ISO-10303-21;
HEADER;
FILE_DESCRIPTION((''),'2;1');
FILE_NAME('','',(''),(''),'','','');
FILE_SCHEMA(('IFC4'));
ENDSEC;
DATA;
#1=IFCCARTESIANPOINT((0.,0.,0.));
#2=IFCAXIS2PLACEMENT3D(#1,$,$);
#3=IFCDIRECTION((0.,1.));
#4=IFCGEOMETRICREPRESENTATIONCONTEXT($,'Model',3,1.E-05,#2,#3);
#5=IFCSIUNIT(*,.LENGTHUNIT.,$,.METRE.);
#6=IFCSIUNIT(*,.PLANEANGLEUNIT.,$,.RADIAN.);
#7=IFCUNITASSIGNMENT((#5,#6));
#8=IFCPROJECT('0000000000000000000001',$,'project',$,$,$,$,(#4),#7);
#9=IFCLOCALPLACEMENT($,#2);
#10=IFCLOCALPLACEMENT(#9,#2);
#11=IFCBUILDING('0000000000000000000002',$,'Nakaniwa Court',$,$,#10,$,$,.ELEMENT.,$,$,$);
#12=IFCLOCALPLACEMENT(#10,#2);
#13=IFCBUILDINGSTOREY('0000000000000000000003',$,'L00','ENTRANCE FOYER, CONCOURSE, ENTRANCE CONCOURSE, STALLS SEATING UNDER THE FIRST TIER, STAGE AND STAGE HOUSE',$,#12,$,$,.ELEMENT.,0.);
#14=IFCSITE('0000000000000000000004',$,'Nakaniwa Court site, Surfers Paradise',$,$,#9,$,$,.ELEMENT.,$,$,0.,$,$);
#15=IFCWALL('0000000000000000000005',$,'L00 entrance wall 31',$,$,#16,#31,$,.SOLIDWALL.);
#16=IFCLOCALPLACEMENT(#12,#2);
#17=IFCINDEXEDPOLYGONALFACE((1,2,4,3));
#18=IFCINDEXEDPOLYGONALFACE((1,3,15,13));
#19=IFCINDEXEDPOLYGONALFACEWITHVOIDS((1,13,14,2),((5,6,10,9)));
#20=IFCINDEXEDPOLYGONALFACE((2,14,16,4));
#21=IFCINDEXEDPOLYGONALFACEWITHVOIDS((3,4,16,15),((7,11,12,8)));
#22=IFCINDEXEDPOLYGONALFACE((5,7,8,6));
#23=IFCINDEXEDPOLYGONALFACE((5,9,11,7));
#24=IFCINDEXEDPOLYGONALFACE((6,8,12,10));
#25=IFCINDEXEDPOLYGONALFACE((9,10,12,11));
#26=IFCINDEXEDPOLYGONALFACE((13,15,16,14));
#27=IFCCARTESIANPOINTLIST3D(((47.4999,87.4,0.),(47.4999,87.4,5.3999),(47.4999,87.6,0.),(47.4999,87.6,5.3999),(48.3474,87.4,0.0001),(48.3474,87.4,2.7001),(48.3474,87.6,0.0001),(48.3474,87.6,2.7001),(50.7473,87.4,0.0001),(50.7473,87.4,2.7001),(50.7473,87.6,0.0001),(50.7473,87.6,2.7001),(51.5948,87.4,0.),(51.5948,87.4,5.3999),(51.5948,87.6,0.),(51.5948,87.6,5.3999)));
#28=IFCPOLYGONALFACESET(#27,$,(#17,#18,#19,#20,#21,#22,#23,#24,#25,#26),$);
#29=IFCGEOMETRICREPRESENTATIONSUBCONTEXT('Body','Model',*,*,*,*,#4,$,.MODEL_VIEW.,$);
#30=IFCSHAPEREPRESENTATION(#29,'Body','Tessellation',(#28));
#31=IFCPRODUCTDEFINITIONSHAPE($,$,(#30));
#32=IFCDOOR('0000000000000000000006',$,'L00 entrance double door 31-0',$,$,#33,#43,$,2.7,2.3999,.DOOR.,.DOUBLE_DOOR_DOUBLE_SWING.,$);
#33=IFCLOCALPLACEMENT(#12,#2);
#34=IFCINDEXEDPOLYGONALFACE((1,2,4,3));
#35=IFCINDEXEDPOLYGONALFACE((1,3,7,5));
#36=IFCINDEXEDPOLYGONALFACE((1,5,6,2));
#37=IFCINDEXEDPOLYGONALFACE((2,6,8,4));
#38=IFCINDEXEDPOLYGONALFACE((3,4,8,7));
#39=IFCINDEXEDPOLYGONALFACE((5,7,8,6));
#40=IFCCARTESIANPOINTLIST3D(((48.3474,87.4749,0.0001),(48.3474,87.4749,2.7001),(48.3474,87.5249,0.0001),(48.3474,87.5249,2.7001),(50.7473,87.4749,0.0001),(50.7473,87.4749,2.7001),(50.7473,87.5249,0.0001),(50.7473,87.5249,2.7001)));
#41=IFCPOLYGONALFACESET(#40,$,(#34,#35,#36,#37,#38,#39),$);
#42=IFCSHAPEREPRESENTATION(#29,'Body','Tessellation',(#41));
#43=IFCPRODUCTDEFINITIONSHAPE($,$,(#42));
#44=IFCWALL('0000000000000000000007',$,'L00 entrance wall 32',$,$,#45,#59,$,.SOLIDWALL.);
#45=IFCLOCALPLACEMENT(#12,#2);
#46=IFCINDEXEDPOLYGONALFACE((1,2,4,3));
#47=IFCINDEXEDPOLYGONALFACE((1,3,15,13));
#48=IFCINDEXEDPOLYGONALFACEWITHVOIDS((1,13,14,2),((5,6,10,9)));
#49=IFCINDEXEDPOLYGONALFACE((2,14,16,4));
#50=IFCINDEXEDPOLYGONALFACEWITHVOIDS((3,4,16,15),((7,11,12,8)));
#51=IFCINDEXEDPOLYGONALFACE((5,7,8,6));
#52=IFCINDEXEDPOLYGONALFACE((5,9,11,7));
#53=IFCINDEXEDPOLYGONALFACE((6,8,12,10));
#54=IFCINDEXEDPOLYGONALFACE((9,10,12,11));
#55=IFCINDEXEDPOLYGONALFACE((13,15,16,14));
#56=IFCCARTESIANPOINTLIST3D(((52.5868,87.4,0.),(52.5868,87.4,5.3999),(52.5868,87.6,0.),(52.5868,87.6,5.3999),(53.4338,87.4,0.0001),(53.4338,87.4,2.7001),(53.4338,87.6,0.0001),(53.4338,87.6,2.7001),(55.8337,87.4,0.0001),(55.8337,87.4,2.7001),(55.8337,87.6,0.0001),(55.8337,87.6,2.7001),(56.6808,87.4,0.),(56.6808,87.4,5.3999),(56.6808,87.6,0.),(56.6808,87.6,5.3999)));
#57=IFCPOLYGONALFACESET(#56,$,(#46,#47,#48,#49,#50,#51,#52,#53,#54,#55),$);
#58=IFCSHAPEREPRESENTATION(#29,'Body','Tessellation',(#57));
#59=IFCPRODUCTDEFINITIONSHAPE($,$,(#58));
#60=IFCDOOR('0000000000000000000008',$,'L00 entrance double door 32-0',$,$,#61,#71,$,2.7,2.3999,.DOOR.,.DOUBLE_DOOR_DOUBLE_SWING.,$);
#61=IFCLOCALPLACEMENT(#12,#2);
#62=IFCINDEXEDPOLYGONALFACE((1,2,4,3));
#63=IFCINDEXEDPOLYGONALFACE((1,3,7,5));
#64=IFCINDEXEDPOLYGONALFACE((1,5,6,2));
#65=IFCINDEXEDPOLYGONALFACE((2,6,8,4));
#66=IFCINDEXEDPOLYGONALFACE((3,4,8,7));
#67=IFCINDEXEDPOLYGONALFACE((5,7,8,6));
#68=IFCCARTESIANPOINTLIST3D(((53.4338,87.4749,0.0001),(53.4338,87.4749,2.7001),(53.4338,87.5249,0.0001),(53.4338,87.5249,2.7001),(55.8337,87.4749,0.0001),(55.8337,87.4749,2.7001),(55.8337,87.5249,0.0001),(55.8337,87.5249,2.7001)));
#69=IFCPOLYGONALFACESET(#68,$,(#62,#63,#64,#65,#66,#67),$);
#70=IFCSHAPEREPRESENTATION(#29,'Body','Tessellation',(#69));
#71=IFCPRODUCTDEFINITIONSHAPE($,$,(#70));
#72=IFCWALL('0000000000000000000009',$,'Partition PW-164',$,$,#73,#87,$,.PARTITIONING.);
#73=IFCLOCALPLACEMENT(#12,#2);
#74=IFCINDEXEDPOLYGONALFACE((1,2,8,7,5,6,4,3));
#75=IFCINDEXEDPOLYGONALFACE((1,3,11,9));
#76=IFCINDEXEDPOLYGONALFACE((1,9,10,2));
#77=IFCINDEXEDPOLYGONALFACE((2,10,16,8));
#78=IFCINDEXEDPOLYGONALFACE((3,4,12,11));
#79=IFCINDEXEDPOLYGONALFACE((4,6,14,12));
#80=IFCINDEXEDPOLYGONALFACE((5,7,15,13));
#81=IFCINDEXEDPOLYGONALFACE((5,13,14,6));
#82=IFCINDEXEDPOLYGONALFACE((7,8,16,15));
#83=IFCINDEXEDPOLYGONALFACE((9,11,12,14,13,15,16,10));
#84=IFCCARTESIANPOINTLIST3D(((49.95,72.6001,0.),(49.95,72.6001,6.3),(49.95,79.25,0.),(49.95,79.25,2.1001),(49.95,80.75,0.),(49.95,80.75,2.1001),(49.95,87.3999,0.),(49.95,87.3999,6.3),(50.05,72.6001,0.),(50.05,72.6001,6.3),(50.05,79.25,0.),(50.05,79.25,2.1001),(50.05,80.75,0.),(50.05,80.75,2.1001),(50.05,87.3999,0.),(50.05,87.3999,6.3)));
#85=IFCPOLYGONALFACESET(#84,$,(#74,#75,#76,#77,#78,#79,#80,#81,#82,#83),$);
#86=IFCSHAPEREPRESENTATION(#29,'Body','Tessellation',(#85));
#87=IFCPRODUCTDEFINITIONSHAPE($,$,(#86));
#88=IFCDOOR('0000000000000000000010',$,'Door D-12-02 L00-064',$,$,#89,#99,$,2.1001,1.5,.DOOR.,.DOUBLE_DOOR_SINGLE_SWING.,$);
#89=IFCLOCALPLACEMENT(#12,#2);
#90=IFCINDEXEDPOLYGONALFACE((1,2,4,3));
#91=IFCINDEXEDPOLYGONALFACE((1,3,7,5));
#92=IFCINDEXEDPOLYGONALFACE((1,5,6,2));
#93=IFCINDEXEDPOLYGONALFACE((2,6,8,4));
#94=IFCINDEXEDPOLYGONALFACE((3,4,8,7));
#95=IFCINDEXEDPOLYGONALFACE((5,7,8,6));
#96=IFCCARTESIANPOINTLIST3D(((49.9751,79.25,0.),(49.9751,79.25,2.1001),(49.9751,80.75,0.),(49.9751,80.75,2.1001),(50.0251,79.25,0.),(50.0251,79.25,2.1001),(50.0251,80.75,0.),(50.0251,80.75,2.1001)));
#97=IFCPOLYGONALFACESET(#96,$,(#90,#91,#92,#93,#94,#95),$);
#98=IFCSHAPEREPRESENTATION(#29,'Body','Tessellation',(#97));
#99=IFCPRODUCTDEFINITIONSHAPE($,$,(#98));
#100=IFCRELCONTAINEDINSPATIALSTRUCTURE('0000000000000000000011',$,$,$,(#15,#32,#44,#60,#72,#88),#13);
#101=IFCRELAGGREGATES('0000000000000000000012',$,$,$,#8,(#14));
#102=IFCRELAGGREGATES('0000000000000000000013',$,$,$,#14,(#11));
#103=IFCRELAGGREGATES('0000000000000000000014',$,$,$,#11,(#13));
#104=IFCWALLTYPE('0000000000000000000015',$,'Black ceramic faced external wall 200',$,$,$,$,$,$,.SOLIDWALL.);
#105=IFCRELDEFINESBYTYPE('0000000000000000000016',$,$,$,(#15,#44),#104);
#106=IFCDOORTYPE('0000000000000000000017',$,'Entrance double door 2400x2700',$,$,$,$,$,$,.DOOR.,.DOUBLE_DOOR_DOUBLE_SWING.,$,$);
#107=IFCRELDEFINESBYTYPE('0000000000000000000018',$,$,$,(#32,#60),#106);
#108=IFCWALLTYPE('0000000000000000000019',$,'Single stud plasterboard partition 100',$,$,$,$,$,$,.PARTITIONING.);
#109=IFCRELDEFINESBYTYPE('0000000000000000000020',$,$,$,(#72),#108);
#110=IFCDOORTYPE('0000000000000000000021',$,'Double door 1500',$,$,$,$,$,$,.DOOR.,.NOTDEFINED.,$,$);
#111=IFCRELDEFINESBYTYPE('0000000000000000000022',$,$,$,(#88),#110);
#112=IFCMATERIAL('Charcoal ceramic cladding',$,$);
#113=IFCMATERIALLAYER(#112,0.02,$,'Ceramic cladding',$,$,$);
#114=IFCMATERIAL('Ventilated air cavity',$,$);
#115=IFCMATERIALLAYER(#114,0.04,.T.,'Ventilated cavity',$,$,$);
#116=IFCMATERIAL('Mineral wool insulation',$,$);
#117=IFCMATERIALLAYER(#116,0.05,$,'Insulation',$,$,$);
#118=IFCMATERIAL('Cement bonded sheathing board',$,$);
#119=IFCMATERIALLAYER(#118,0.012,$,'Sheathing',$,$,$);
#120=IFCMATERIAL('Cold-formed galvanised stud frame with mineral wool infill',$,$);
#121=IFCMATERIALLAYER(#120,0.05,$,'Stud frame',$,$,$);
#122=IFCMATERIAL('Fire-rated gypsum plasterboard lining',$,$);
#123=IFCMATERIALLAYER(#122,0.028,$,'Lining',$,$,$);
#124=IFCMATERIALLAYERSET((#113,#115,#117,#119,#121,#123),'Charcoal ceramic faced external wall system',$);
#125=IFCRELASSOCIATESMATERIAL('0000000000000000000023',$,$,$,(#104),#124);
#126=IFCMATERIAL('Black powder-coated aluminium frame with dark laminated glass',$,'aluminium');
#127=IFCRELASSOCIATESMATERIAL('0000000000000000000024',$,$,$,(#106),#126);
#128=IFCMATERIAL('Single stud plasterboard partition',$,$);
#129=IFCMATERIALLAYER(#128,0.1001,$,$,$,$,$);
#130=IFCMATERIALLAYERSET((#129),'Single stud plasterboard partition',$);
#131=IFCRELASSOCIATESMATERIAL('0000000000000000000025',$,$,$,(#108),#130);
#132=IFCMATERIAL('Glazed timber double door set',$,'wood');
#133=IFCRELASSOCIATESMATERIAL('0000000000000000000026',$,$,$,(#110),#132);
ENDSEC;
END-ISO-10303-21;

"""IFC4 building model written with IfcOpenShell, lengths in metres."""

from ifc_helpers import new_model, si_unit, direction, frame, frame_2d, origin, place, context, subcontext, project, spatial, rectangle, extrude, material, layer, layer_set, type_object, element, fill, save


model = new_model("IFC4")

# Units and contexts
model_context = context("Model", 3, precision=1e-05, world=origin(), true_north=direction((0.0, 1.0)))
body_context = subcontext(model_context, "Body", "Model", "MODEL_VIEW")
ifc_project = project(units=[si_unit("LENGTHUNIT", "METRE"), si_unit("PLANEANGLEUNIT", "RADIAN")], contexts=[model_context])

# Site, building, storey
site_placement = place(None, origin())
site = spatial("IfcSite", under=ifc_project, at=site_placement, Name="Nakaniwa Court site, Surfers Paradise", CompositionType="ELEMENT", RefElevation=0.0)
building_placement = place(site_placement, origin())
building = spatial("IfcBuilding", under=site, at=building_placement, Name="Nakaniwa Court", CompositionType="ELEMENT")
storey_placement = place(building_placement, origin())
storey = spatial("IfcBuildingStorey", under=building, at=storey_placement, Name="L00", Description="ENTRANCE FOYER, CONCOURSE, ENTRANCE CONCOURSE, STALLS SEATING UNDER THE FIRST TIER, STAGE AND STAGE HOUSE", CompositionType="ELEMENT", Elevation=0.0)

# Walls, openings, doors
ifc_material_1 = material(Name="Charcoal ceramic cladding")
ifc_layer_1 = layer(ifc_material_1, 0.02, Name="Ceramic cladding")
ifc_material_2 = material(Name="Ventilated air cavity")
ifc_layer_2 = layer(ifc_material_2, 0.04, ventilated=True, Name="Ventilated cavity")
ifc_material_3 = material(Name="Mineral wool insulation")
ifc_layer_3 = layer(ifc_material_3, 0.05, Name="Insulation")
ifc_material_4 = material(Name="Cement bonded sheathing board")
ifc_layer_4 = layer(ifc_material_4, 0.012, Name="Sheathing")
ifc_material_5 = material(Name="Cold-formed galvanised stud frame with mineral wool infill")
ifc_layer_5 = layer(ifc_material_5, 0.05, Name="Stud frame")
ifc_material_6 = material(Name="Fire-rated gypsum plasterboard lining")
ifc_layer_6 = layer(ifc_material_6, 0.028, Name="Lining")
ifc_layer_set_1 = layer_set([ifc_layer_1, ifc_layer_2, ifc_layer_3, ifc_layer_4, ifc_layer_5, ifc_layer_6], Name="Charcoal ceramic faced external wall system")
wall_type_1 = type_object("IfcWallType", Name="Black ceramic faced external wall 200", PredefinedType="SOLIDWALL", material=ifc_layer_set_1)
ifc_material_7 = material(Name="Black powder-coated aluminium frame with dark laminated glass", Category="aluminium")
wall_1_placement = place(storey_placement, frame((47.5, 87.5, 0.0), z_axis=(0.0, 0.0, 1.0), x_axis=(1.0, 0.0, 0.0)))
wall_1 = element("IfcWall", 1, at=wall_1_placement, inside=storey, type_object=wall_type_1, Name="L00 entrance wall 31", PredefinedType="SOLIDWALL", context=body_context, shape_type="SweptSolid", body=[
    extrude(rectangle(XDim=4.095, YDim=0.2, at=frame_2d((2.0474, 0.0))), origin(), (0.0, 0.0, 1.0), 5.3999),
])
opening_1_placement = place(wall_1_placement, frame((0.8474, 0.0, 0.0)))
opening_1 = element("IfcOpeningElement", 2, at=opening_1_placement, cuts=wall_1, PredefinedType="OPENING", context=body_context, shape_type="SweptSolid", body=[
    extrude(rectangle(XDim=2.3999, YDim=2.7, at=frame_2d((1.2, 1.3501))), frame((0.0, 0.1099, 0.0), z_axis=(0.0, -1.0, 0.0), x_axis=(1.0, 0.0, 0.0)), (0.0, 0.0, 1.0), 0.22),
])
door_type_1 = type_object("IfcDoorType", Name="Entrance double door 2400x2700", OperationType="DOUBLE_DOOR_DOUBLE_SWING", PredefinedType="DOOR", material=ifc_material_7)
door_1_placement = place(opening_1_placement, origin())
door_1 = element("IfcDoor", 3, at=door_1_placement, inside=storey, type_object=door_type_1, Name="L00 entrance double door 31-0", OperationType="DOUBLE_DOOR_DOUBLE_SWING", OverallHeight=2.7, OverallWidth=2.3999, PredefinedType="DOOR", context=body_context, shape_type="SweptSolid", body=[
    extrude(rectangle(XDim=2.3999, YDim=2.7, at=frame_2d((1.2, 1.3501))), frame((0.0, 0.0249, 0.0), z_axis=(0.0, -1.0, 0.0), x_axis=(1.0, 0.0, 0.0)), (0.0, 0.0, 1.0), 0.05),
])
fill(opening_1, door_1)
wall_2_placement = place(storey_placement, frame((52.5869, 87.5, 0.0), z_axis=(0.0, 0.0, 1.0), x_axis=(1.0, 0.0, 0.0)))
wall_2 = element("IfcWall", 4, at=wall_2_placement, inside=storey, type_object=wall_type_1, Name="L00 entrance wall 32", PredefinedType="SOLIDWALL", context=body_context, shape_type="SweptSolid", body=[
    extrude(rectangle(XDim=4.094, YDim=0.2, at=frame_2d((2.0469, 0.0))), origin(), (0.0, 0.0, 1.0), 5.3999),
])
opening_2_placement = place(wall_2_placement, frame((0.8469, 0.0, 0.0)))
opening_2 = element("IfcOpeningElement", 5, at=opening_2_placement, cuts=wall_2, PredefinedType="OPENING", context=body_context, shape_type="SweptSolid", body=[
    extrude(rectangle(XDim=2.3999, YDim=2.7, at=frame_2d((1.2, 1.3501))), frame((0.0, 0.1099, 0.0), z_axis=(0.0, -1.0, 0.0), x_axis=(1.0, 0.0, 0.0)), (0.0, 0.0, 1.0), 0.22),
])
door_2_placement = place(opening_2_placement, origin())
door_2 = element("IfcDoor", 6, at=door_2_placement, inside=storey, type_object=door_type_1, Name="L00 entrance double door 32-0", OperationType="DOUBLE_DOOR_DOUBLE_SWING", OverallHeight=2.7, OverallWidth=2.3999, PredefinedType="DOOR", context=body_context, shape_type="SweptSolid", body=[
    extrude(rectangle(XDim=2.3999, YDim=2.7, at=frame_2d((1.2, 1.3501))), frame((0.0, 0.0249, 0.0), z_axis=(0.0, -1.0, 0.0), x_axis=(1.0, 0.0, 0.0)), (0.0, 0.0, 1.0), 0.05),
])
fill(opening_2, door_2)
ifc_material_8 = material(Name="Single stud plasterboard partition")
ifc_layer_7 = layer(ifc_material_8, 0.1001)
ifc_layer_set_2 = layer_set([ifc_layer_7], Name="Single stud plasterboard partition")
wall_type_2 = type_object("IfcWallType", Name="Single stud plasterboard partition 100", PredefinedType="PARTITIONING", material=ifc_layer_set_2)
wall_3_placement = place(storey_placement, frame((50.0, 72.6001, 0.0), z_axis=(0.0, 0.0, 1.0), x_axis=(0.0, 1.0, 0.0)))
wall_3 = element("IfcWall", 7, at=wall_3_placement, inside=storey, type_object=wall_type_2, Name="Partition PW-164", PredefinedType="PARTITIONING", context=body_context, shape_type="SweptSolid", body=[
    extrude(rectangle(XDim=14.7998, YDim=0.1001, at=frame_2d((7.3999, 0.0))), origin(), (0.0, 0.0, 1.0), 6.3),
])
opening_3_placement = place(wall_3_placement, frame((6.6499, 0.0, 0.0)))
opening_3 = element("IfcOpeningElement", 8, at=opening_3_placement, cuts=wall_3, PredefinedType="OPENING", context=body_context, shape_type="SweptSolid", body=[
    extrude(rectangle(XDim=1.5, YDim=2.1001, at=frame_2d((0.75, 1.05))), frame((0.0, 0.0601, 0.0), z_axis=(0.0, -1.0, 0.0), x_axis=(1.0, 0.0, 0.0)), (0.0, 0.0, 1.0), 0.1201),
])
ifc_material_9 = material(Name="Glazed timber double door set", Category="wood")
door_type_2 = type_object("IfcDoorType", Name="Double door 1500", OperationType="NOTDEFINED", PredefinedType="DOOR", material=ifc_material_9)
door_3_placement = place(opening_3_placement, origin())
door_3 = element("IfcDoor", 9, at=door_3_placement, inside=storey, type_object=door_type_2, Name="Door D-12-02 L00-064", OperationType="DOUBLE_DOOR_SINGLE_SWING", OverallHeight=2.1001, OverallWidth=1.5, PredefinedType="DOOR", context=body_context, shape_type="SweptSolid", body=[
    extrude(rectangle(XDim=1.5, YDim=2.1001, at=frame_2d((0.75, 1.05))), frame((0.0, 0.0249, 0.0), z_axis=(0.0, -1.0, 0.0), x_axis=(1.0, 0.0, 0.0)), (0.0, 0.0, 1.0), 0.05),
])
fill(opening_3, door_3)

save(model, "model.ifc")
